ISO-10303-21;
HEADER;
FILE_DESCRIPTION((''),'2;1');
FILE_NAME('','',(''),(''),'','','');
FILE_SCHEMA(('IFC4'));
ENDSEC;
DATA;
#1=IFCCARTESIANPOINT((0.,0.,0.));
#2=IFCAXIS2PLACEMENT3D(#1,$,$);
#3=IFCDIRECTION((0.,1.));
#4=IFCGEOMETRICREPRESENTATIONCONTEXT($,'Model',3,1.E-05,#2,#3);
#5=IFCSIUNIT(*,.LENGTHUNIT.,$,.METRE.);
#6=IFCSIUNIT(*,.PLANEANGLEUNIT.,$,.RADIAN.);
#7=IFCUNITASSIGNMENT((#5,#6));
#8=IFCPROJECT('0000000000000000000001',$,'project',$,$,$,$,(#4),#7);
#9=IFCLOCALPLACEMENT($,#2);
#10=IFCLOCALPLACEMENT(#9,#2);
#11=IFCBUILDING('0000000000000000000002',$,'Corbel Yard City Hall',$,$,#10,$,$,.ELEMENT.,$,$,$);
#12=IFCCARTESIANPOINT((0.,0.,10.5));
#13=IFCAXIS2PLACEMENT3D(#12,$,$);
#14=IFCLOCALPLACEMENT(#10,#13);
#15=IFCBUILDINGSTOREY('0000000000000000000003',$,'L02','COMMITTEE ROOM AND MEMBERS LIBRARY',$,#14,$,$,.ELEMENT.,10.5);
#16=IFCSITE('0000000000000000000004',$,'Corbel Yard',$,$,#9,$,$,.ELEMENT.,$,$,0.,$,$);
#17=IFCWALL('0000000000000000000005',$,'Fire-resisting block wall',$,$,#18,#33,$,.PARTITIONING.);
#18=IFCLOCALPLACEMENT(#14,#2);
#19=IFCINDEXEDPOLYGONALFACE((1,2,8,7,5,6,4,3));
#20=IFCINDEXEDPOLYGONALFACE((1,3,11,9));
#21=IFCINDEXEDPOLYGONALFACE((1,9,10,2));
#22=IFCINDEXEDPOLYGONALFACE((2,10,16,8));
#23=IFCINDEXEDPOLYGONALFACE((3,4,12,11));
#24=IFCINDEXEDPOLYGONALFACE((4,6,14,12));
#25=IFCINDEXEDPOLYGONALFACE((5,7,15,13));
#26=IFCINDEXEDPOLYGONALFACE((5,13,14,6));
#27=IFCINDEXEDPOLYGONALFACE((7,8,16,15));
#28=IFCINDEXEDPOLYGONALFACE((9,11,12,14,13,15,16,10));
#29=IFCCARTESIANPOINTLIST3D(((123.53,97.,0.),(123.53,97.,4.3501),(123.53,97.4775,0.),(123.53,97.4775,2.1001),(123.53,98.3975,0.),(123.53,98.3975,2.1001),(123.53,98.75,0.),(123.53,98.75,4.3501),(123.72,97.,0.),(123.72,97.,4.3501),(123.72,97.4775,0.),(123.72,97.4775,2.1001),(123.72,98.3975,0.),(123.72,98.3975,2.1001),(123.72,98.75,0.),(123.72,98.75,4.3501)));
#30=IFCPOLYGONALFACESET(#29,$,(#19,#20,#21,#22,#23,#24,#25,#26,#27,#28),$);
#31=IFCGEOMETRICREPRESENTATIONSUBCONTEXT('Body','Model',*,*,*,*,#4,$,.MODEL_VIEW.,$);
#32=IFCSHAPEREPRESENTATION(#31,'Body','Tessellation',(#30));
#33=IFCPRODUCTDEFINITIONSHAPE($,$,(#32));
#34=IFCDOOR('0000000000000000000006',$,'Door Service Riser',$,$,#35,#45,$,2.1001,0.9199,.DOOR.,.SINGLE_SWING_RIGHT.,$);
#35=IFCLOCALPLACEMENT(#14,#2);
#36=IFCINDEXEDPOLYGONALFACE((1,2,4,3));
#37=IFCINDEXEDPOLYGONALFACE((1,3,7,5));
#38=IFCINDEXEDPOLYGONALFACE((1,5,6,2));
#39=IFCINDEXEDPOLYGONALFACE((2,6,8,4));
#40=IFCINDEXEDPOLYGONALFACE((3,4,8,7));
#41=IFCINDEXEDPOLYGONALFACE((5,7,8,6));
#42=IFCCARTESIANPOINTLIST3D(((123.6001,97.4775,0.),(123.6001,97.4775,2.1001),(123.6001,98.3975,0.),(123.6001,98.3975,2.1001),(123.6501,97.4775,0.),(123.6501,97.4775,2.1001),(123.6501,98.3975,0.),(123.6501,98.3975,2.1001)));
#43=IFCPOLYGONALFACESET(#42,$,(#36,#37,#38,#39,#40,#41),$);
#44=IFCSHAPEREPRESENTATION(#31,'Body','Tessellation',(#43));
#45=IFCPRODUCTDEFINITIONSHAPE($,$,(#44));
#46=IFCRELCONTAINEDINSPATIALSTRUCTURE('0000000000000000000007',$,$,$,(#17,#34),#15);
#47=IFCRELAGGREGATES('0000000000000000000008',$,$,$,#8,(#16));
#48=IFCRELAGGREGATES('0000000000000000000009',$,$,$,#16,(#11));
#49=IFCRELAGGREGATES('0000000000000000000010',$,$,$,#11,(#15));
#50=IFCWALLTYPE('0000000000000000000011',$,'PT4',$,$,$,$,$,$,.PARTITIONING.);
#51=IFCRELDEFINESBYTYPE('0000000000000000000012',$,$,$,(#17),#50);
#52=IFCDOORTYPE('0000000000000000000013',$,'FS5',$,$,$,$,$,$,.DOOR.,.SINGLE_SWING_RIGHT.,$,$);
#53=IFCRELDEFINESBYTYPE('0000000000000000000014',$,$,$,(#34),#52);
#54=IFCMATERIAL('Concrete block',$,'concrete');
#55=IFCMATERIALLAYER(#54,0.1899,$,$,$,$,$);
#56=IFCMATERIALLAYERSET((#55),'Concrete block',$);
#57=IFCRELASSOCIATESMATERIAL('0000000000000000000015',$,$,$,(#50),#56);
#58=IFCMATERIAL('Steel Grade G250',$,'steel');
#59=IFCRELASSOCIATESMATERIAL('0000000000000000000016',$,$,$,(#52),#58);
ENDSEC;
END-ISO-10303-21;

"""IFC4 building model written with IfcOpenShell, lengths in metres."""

from ifc_helpers import new_model, si_unit, direction, frame, frame_2d, origin, place, context, subcontext, project, spatial, rectangle, extrude, material, layer, layer_set, type_object, element, fill, save


model = new_model("IFC4")

# Units and contexts
model_context = context("Model", 3, precision=1e-05, world=origin(), true_north=direction((0.0, 1.0)))
body_context = subcontext(model_context, "Body", "Model", "MODEL_VIEW")
ifc_project = project(units=[si_unit("LENGTHUNIT", "METRE"), si_unit("PLANEANGLEUNIT", "RADIAN")], contexts=[model_context])

# Site, building, storey
site_placement = place(None, origin())
site = spatial("IfcSite", under=ifc_project, at=site_placement, Name="Corbel Yard", CompositionType="ELEMENT", RefElevation=0.0)
building_placement = place(site_placement, origin())
building = spatial("IfcBuilding", under=site, at=building_placement, Name="Corbel Yard City Hall", CompositionType="ELEMENT")
storey_placement = place(building_placement, frame((0.0, 0.0, 10.5)))
storey = spatial("IfcBuildingStorey", under=building, at=storey_placement, Name="L02", Description="COMMITTEE ROOM AND MEMBERS LIBRARY", CompositionType="ELEMENT", Elevation=10.5)

# Shared definitions
ifc_material_1 = material(Name="Steel Grade G250", Category="steel")

# Wall, opening, door
ifc_material_2 = material(Name="Concrete block", Category="concrete")
ifc_layer_1 = layer(ifc_material_2, 0.1899)
ifc_layer_set_1 = layer_set([ifc_layer_1], Name="Concrete block")
wall_type_1 = type_object("IfcWallType", Name="PT4", PredefinedType="PARTITIONING", material=ifc_layer_set_1)
wall_1_placement = place(storey_placement, frame((123.625, 97.0, 0.0), z_axis=(0.0, 0.0, 1.0), x_axis=(0.0, 1.0, 0.0)))
wall_1 = element("IfcWall", 1, at=wall_1_placement, inside=storey, type_object=wall_type_1, Name="Fire-resisting block wall", PredefinedType="PARTITIONING", context=body_context, shape_type="SweptSolid", body=[
    extrude(rectangle(XDim=1.75, YDim=0.1899, at=frame_2d((0.875, 0.0))), origin(), (0.0, 0.0, 1.0), 4.3501),
])
opening_1_placement = place(wall_1_placement, frame((0.4775, 0.0, 0.0)))
opening_1 = element("IfcOpeningElement", 2, at=opening_1_placement, cuts=wall_1, PredefinedType="OPENING", context=body_context, shape_type="SweptSolid", body=[
    extrude(rectangle(XDim=0.9199, YDim=2.1001, at=frame_2d((0.46, 1.05))), frame((0.0, 0.105, 0.0), z_axis=(0.0, -1.0, 0.0), x_axis=(1.0, 0.0, 0.0)), (0.0, 0.0, 1.0), 0.21),
])
door_type_1 = type_object("IfcDoorType", Name="FS5", OperationType="SINGLE_SWING_RIGHT", PredefinedType="DOOR", material=ifc_material_1)
door_1_placement = place(opening_1_placement, origin())
door_1 = element("IfcDoor", 3, at=door_1_placement, inside=storey, type_object=door_type_1, Name="Door Service Riser", OperationType="SINGLE_SWING_RIGHT", OverallHeight=2.1001, OverallWidth=0.9199, PredefinedType="DOOR", context=body_context, shape_type="SweptSolid", body=[
    extrude(rectangle(XDim=0.9199, YDim=2.1001, at=frame_2d((0.46, 1.05))), frame((0.0, 0.0249, 0.0), z_axis=(0.0, -1.0, 0.0), x_axis=(1.0, 0.0, 0.0)), (0.0, 0.0, 1.0), 0.05),
])
fill(opening_1, door_1)

save(model, "model.ifc")
